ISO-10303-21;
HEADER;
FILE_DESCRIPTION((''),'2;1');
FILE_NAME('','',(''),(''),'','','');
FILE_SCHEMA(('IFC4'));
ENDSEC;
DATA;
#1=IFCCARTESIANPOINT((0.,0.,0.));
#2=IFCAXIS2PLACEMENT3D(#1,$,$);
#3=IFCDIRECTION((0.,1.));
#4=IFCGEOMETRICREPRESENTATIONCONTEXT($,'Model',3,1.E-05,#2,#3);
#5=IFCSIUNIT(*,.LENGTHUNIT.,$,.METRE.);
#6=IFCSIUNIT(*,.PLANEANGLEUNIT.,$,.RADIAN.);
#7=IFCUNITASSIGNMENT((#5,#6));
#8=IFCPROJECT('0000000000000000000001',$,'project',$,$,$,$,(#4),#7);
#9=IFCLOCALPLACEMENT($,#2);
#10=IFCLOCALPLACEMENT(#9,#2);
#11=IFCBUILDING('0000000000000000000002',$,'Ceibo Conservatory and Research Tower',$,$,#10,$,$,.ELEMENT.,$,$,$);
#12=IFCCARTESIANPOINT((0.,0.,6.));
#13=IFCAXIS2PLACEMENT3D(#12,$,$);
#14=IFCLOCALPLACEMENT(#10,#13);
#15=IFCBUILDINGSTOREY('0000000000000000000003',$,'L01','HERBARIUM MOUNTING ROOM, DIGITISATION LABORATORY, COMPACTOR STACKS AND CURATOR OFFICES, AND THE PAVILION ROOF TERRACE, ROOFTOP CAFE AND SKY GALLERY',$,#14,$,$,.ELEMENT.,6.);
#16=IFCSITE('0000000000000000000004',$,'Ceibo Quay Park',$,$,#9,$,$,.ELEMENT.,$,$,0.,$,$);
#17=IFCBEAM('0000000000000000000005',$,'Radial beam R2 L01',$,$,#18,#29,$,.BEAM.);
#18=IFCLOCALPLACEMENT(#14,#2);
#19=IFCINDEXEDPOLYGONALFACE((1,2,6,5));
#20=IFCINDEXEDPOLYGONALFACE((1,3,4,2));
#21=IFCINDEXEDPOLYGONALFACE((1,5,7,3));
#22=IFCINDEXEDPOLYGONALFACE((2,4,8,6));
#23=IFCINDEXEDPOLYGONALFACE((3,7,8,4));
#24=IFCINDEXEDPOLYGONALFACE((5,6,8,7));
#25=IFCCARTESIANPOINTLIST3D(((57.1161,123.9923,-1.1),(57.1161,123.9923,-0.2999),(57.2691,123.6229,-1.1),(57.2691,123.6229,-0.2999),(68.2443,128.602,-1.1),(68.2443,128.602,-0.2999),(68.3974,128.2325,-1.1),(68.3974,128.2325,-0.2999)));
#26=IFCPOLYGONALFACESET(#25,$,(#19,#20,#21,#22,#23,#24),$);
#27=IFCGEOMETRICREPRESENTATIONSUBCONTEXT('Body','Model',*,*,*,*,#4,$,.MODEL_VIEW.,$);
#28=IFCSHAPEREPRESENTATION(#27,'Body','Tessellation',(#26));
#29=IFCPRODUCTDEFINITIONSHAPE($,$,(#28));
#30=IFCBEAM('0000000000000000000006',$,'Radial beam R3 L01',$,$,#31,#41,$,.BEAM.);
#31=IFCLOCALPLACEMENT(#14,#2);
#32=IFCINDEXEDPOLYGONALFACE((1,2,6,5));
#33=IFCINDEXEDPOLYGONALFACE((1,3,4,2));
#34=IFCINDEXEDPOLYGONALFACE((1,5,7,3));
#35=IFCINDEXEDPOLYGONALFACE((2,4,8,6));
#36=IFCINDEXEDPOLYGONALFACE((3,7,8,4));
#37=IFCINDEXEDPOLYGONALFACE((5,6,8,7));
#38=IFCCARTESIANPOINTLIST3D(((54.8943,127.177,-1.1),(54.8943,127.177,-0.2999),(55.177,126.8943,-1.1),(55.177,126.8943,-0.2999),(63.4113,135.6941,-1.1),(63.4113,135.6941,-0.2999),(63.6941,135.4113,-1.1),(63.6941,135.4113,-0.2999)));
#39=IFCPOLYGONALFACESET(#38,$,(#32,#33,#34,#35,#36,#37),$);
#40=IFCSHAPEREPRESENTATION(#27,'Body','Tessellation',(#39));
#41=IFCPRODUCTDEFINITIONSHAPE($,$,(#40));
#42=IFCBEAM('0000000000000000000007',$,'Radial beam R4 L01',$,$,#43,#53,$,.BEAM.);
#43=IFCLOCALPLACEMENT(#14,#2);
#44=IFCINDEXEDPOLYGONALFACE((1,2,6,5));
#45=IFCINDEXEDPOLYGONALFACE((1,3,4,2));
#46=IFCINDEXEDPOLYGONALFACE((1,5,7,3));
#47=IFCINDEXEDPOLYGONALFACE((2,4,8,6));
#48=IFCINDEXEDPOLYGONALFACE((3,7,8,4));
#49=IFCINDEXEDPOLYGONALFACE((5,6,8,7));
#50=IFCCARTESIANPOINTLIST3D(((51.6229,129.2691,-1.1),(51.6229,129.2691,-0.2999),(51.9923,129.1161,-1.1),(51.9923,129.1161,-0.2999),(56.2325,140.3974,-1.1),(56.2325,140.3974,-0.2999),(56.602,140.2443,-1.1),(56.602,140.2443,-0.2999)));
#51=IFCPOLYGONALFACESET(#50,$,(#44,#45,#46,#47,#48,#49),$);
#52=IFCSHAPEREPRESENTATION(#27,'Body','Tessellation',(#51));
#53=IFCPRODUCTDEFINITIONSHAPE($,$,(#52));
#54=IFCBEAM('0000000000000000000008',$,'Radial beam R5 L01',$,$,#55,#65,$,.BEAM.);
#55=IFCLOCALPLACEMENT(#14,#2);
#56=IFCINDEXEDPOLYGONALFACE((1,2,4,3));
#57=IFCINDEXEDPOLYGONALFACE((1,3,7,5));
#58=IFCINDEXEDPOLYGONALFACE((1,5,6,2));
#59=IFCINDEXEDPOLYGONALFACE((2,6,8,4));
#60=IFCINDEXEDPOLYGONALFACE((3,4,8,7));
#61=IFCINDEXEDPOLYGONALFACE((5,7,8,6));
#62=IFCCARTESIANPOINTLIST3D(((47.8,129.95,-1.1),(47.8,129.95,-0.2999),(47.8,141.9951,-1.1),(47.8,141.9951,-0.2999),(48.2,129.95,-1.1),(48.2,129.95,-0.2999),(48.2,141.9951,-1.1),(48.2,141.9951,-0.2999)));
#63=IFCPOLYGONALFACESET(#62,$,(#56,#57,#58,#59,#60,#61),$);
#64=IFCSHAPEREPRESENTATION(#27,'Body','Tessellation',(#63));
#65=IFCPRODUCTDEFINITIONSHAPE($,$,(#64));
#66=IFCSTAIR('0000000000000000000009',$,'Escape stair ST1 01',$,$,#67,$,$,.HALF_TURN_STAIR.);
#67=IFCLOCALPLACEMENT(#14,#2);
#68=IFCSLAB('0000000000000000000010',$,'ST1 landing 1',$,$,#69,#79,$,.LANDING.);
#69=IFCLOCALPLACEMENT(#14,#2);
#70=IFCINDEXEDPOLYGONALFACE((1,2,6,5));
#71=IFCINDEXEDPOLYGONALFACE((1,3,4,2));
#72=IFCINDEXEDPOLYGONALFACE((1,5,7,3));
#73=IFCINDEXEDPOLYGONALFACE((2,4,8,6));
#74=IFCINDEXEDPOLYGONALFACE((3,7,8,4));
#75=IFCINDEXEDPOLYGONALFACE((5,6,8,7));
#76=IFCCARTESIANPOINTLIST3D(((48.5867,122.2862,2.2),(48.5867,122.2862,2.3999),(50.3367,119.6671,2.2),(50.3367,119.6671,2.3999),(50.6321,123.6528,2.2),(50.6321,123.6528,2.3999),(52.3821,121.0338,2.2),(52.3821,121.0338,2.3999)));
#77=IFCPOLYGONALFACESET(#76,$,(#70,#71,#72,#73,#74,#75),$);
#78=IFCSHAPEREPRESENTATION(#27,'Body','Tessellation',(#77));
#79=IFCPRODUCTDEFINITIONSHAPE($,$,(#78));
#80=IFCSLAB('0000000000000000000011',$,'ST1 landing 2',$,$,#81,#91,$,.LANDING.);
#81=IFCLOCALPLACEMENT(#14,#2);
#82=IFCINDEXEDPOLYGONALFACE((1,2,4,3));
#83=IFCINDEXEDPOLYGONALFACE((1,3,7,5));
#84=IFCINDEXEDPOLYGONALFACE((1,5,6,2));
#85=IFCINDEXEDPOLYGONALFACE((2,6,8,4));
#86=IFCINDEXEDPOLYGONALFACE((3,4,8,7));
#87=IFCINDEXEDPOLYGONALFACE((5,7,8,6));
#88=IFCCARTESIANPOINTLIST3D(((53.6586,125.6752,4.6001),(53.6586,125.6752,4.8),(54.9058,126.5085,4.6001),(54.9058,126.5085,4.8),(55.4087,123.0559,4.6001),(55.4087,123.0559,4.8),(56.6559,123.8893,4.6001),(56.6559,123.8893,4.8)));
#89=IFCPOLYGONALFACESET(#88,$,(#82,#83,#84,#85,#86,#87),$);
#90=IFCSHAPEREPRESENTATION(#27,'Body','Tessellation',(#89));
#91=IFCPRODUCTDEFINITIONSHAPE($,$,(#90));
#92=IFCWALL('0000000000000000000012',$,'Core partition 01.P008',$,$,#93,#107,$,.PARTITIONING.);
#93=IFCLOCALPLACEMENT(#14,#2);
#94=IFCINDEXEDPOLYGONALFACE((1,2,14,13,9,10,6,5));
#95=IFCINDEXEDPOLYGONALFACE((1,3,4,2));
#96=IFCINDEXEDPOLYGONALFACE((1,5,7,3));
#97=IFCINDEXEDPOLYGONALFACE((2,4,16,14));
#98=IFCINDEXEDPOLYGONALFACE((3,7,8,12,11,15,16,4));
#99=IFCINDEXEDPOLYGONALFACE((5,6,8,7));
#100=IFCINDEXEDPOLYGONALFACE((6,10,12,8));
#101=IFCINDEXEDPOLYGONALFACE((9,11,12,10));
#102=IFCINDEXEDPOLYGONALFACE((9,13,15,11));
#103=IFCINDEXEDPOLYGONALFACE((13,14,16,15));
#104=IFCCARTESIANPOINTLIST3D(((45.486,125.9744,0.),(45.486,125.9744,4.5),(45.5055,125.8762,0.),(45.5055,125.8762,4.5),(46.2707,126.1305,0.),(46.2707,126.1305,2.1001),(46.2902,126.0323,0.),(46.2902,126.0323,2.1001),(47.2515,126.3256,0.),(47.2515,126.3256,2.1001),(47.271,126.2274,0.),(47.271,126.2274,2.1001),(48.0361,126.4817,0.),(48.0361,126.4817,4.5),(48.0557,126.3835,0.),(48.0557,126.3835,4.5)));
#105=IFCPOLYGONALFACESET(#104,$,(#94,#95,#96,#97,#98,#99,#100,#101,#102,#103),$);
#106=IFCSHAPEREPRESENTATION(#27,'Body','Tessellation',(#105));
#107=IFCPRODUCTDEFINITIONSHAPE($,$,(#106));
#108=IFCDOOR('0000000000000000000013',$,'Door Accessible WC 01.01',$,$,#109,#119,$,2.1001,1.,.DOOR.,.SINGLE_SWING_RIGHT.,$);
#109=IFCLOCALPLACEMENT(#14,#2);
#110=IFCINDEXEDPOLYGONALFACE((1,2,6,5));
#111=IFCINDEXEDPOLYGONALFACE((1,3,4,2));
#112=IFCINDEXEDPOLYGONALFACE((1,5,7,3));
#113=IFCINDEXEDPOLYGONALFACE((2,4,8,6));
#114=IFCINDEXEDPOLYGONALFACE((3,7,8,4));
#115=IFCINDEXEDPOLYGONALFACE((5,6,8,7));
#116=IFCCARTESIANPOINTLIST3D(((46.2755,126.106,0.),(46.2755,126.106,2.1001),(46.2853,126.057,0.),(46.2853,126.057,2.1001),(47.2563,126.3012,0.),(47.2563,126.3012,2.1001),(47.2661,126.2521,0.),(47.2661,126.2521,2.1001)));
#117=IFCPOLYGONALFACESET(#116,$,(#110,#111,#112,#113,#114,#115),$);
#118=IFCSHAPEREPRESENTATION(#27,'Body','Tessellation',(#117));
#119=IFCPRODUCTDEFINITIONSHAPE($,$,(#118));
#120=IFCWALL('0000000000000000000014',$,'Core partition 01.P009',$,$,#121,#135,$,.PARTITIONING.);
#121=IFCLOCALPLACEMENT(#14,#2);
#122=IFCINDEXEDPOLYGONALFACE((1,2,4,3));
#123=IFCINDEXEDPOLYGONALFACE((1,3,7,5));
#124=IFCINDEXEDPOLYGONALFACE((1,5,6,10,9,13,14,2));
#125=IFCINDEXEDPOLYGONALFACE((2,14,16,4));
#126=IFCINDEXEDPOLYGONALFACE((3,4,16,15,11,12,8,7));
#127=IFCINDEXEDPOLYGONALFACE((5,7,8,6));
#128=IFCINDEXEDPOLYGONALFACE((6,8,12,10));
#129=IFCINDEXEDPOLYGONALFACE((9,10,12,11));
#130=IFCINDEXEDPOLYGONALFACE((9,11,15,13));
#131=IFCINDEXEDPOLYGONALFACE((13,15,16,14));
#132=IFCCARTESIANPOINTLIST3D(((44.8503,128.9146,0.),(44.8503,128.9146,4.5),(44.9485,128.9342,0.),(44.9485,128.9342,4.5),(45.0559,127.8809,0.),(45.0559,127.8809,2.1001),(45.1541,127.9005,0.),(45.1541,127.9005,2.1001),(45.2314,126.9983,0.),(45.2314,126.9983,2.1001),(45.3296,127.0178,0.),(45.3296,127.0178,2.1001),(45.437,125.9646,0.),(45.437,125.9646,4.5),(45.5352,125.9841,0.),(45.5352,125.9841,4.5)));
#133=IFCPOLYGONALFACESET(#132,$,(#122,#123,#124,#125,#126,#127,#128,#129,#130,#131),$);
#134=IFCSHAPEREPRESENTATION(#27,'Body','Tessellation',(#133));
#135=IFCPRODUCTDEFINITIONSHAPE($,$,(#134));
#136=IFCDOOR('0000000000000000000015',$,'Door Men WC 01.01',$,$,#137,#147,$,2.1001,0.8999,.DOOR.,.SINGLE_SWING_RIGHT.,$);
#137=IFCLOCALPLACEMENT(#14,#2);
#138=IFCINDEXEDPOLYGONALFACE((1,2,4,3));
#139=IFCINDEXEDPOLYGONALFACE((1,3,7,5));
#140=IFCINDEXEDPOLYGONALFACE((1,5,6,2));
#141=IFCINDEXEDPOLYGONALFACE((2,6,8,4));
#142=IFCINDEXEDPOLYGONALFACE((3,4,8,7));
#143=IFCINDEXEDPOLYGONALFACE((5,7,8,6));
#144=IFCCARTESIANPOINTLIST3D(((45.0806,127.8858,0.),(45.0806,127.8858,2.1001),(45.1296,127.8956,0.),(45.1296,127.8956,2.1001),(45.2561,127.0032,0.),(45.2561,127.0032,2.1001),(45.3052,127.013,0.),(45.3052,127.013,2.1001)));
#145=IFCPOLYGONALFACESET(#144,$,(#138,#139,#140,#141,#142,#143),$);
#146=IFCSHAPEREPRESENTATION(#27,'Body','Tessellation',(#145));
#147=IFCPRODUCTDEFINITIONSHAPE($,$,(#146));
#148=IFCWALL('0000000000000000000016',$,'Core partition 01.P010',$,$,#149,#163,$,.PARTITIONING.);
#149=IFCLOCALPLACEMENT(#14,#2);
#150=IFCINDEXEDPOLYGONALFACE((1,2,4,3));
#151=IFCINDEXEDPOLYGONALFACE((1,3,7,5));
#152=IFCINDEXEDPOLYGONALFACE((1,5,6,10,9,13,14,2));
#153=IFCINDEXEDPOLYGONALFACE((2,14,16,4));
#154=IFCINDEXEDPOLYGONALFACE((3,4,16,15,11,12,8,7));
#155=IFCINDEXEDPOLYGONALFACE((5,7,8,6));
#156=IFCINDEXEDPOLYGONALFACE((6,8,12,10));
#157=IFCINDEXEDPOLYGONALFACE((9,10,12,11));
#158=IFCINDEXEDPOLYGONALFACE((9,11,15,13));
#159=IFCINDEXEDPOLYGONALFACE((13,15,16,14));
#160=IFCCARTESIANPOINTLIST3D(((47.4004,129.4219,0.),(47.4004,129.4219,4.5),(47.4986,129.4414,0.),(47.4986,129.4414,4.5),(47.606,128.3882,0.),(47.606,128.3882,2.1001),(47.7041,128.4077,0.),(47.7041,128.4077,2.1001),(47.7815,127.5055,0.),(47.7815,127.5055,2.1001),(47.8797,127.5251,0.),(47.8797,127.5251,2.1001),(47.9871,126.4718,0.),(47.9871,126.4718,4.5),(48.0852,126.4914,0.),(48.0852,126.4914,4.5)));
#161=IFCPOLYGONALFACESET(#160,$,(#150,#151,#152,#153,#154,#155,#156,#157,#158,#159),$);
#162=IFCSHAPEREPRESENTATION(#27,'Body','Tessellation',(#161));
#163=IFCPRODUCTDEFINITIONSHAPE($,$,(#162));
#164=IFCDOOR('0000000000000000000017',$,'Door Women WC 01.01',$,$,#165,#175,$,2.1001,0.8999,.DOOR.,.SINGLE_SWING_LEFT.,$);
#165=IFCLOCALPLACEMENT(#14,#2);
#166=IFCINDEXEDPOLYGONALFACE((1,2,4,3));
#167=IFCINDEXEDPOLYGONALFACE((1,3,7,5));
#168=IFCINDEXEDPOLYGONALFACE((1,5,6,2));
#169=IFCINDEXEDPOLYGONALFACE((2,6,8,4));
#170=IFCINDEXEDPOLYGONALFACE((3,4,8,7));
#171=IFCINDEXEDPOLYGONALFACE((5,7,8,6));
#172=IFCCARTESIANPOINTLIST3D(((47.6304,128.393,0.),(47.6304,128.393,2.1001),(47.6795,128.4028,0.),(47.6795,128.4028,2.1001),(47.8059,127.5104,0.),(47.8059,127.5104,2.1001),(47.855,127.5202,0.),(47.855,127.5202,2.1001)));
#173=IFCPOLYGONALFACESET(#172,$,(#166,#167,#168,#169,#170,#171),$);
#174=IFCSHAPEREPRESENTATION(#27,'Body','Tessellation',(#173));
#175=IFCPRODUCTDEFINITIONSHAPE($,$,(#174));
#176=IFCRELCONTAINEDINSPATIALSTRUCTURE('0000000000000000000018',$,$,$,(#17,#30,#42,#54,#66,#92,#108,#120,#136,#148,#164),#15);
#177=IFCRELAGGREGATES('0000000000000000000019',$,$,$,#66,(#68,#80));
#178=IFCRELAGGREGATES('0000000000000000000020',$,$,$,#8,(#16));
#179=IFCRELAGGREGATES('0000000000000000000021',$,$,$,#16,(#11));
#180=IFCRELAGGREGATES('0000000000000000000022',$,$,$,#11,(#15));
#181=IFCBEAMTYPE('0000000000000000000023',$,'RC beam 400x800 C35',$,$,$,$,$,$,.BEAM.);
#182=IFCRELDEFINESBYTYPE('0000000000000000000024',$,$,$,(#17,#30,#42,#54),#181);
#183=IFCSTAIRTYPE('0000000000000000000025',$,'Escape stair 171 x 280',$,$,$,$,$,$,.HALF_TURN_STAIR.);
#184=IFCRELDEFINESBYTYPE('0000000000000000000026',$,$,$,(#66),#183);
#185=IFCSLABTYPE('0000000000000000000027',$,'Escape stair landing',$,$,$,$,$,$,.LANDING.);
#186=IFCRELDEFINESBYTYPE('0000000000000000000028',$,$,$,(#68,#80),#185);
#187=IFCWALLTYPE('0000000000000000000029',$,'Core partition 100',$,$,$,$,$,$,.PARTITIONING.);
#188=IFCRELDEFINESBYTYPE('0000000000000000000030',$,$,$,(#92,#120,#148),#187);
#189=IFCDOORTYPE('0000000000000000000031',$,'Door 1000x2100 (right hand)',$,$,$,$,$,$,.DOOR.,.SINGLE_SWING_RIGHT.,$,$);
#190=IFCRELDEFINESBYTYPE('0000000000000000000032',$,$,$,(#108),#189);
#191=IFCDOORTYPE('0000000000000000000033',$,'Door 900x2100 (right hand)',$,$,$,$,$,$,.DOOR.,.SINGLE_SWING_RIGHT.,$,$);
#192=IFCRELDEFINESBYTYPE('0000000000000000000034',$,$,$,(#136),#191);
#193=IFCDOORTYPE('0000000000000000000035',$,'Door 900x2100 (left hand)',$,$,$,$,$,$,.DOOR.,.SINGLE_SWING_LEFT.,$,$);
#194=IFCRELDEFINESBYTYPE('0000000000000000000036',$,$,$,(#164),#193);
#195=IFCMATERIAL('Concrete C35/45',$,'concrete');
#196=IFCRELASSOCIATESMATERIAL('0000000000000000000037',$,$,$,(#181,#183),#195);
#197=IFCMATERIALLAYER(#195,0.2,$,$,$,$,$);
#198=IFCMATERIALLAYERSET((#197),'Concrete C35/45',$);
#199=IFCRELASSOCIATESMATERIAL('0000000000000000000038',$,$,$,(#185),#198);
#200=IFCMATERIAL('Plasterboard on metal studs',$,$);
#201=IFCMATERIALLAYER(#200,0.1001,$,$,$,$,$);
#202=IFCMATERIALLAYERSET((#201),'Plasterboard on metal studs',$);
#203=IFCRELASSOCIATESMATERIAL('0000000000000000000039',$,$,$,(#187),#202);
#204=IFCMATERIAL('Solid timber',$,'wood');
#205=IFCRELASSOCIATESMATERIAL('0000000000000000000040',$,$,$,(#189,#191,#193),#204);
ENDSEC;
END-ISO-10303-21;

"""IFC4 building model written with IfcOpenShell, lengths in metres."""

from ifc_helpers import new_model, si_unit, direction, frame, frame_2d, origin, origin_2d, place, context, subcontext, project, spatial, polyline, rectangle, outline, extrude, material, layer, layer_set, material_profile, profile_set, type_object, element, fill, aggregate, save


model = new_model("IFC4")

# Units and contexts
model_context = context("Model", 3, precision=1e-05, world=origin(), true_north=direction((0.0, 1.0)))
body_context = subcontext(model_context, "Body", "Model", "MODEL_VIEW")
ifc_project = project(units=[si_unit("LENGTHUNIT", "METRE"), si_unit("PLANEANGLEUNIT", "RADIAN")], contexts=[model_context])

# Site, building, storey
site_placement = place(None, origin())
site = spatial("IfcSite", under=ifc_project, at=site_placement, Name="Ceibo Quay Park", CompositionType="ELEMENT", RefElevation=0.0)
building_placement = place(site_placement, origin())
building = spatial("IfcBuilding", under=site, at=building_placement, Name="Ceibo Conservatory and Research Tower", CompositionType="ELEMENT")
storey_placement = place(building_placement, frame((0.0, 0.0, 6.0)))
storey = spatial("IfcBuildingStorey", under=building, at=storey_placement, Name="L01", Description="HERBARIUM MOUNTING ROOM, DIGITISATION LABORATORY, COMPACTOR STACKS AND CURATOR OFFICES, AND THE PAVILION ROOF TERRACE, ROOFTOP CAFE AND SKY GALLERY", CompositionType="ELEMENT", Elevation=6.0)

# Beams
ifc_material_1 = material(Name="Concrete C35/45", Category="concrete")
ifc_material_profile = material_profile(ifc_material_1, rectangle(XDim=0.3999, YDim=0.8, at=origin_2d()), Name="RC 400x800")
ifc_profile_set = profile_set([ifc_material_profile], Name="Concrete C35/45")
beam_type = type_object("IfcBeamType", Name="RC beam 400x800 C35", PredefinedType="BEAM", material=ifc_profile_set)
beam_1_placement = place(storey_placement, frame((57.1926, 123.8076, -0.7), z_axis=(0.923874, 0.382696, 0.0), x_axis=(-0.382696, 0.923874, 0.0)))
element("IfcBeam", 1, at=beam_1_placement, inside=storey, type_object=beam_type, Name="Radial beam R2 L01", PredefinedType="BEAM", context=body_context, shape_type="SweptSolid", body=[
    extrude(rectangle(XDim=0.3999, YDim=0.8, at=origin_2d()), origin(), (0.0, 0.0, 1.0), 12.0452),
])
beam_2_placement = place(storey_placement, frame((55.0356, 127.0356, -0.7), z_axis=(0.707107, 0.707107, 0.0), x_axis=(-0.707107, 0.707107, 0.0)))
element("IfcBeam", 2, at=beam_2_placement, inside=storey, type_object=beam_type, Name="Radial beam R3 L01", PredefinedType="BEAM", context=body_context, shape_type="SweptSolid", body=[
    extrude(rectangle(XDim=0.3999, YDim=0.8, at=origin_2d()), origin(), (0.0, 0.0, 1.0), 12.0449),
])
for number, where, z_axis, x_axis, name in (
    (3, (51.8076, 129.1926, -0.7), (0.382696, 0.923874, 0.0), (-0.923874, 0.382696, 0.0), "Radial beam R4 L01"),
    (4, (48.0, 129.95, -0.7), (0.0, 1.0, 0.0), (-1.0, 0.0, 0.0), "Radial beam R5 L01"),
):
    element("IfcBeam", number, at=place(storey_placement, frame(where, z_axis=z_axis, x_axis=x_axis)), inside=storey, type_object=beam_type, Name=name, PredefinedType="BEAM", context=body_context, shape_type="SweptSolid", body=[
        extrude(rectangle(XDim=0.3999, YDim=0.8, at=origin_2d()), origin(), (0.0, 0.0, 1.0), 12.0452),
    ])

# Stair, slabs
stair_type = type_object("IfcStairType", Name="Escape stair 171 x 280", PredefinedType="HALF_TURN_STAIR", material=ifc_material_1)
stair_placement = place(storey_placement, origin())
stair = element("IfcStair", 5, at=stair_placement, inside=storey, type_object=stair_type, Name="Escape stair ST1 01", PredefinedType="HALF_TURN_STAIR")
ifc_layer_1 = layer(ifc_material_1, 0.2)
ifc_layer_set_1 = layer_set([ifc_layer_1], Name="Concrete C35/45")
slab_type = type_object("IfcSlabType", Name="Escape stair landing", PredefinedType="LANDING", material=ifc_layer_set_1)
slab_1_placement = place(storey_placement, frame((50.6321, 123.6528, 2.2), z_axis=(0.0, 0.0, 1.0), x_axis=(-0.83147, -0.55557, 0.0)))
slab_1 = element("IfcSlab", 6, at=slab_1_placement, type_object=slab_type, Name="ST1 landing 1", PredefinedType="LANDING", context=body_context, shape_type="SweptSolid", body=[
    extrude(outline(polyline([(0.0, 0.0), (2.46, 0.0), (2.46, 3.1499), (0.0, 3.1499), (0.0, 0.0)])), origin(), (0.0, 0.0, 1.0), 0.2),
])
slab_2_placement = place(storey_placement, frame((54.9058, 126.5085, 4.6001), z_axis=(0.0, 0.0, 1.0), x_axis=(-0.83147, -0.55557, 0.0)))
slab_2 = element("IfcSlab", 7, at=slab_2_placement, type_object=slab_type, Name="ST1 landing 2", PredefinedType="LANDING", context=body_context, shape_type="SweptSolid", body=[
    extrude(outline(polyline([(0.0, 0.0), (1.5, 0.0), (1.5, 3.1501), (0.0, 3.1501), (0.0, 0.0)])), origin(), (0.0, 0.0, 1.0), 0.2),
])

# Walls, openings, doors
ifc_material_2 = material(Name="Plasterboard on metal studs")
ifc_layer_2 = layer(ifc_material_2, 0.1001)
ifc_layer_set_2 = layer_set([ifc_layer_2], Name="Plasterboard on metal studs")
wall_type_1 = type_object("IfcWallType", Name="Core partition 100", PredefinedType="PARTITIONING", material=ifc_layer_set_2)
wall_1_placement = place(storey_placement, frame((48.0459, 126.4326, 0.0), z_axis=(0.0, 0.0, 1.0), x_axis=(-0.980779, -0.195123, 0.0)))
wall_1 = element("IfcWall", 8, at=wall_1_placement, inside=storey, type_object=wall_type_1, Name="Core partition 01.P008", PredefinedType="PARTITIONING", context=body_context, shape_type="SweptSolid", body=[
    extrude(rectangle(XDim=2.6001, YDim=0.1001, at=frame_2d((1.3, 0.0))), origin(), (0.0, 0.0, 1.0), 4.5),
])
opening_1_placement = place(wall_1_placement, frame((0.8, 0.0, 0.0)))
opening_1 = element("IfcOpeningElement", 9, at=opening_1_placement, cuts=wall_1, PredefinedType="OPENING", context=body_context, shape_type="SweptSolid", body=[
    extrude(rectangle(XDim=1.0, YDim=2.1001, at=frame_2d((0.5, 1.05))), frame((0.0, 0.0601, 0.0), z_axis=(0.0, -1.0, 0.0), x_axis=(1.0, 0.0, 0.0)), (0.0, 0.0, 1.0), 0.1201),
])
ifc_material_3 = material(Name="Solid timber", Category="wood")
door_type_1 = type_object("IfcDoorType", Name="Door 1000x2100 (right hand)", OperationType="SINGLE_SWING_RIGHT", PredefinedType="DOOR", material=ifc_material_3)
door_1_placement = place(opening_1_placement, origin())
door_1 = element("IfcDoor", 10, at=door_1_placement, inside=storey, type_object=door_type_1, Name="Door Accessible WC 01.01", OperationType="SINGLE_SWING_RIGHT", OverallHeight=2.1001, OverallWidth=1.0, PredefinedType="DOOR", context=body_context, shape_type="SweptSolid", body=[
    extrude(rectangle(XDim=1.0, YDim=2.1001, at=frame_2d((0.5, 1.05))), frame((0.0, 0.0249, 0.0), z_axis=(0.0, -1.0, 0.0), x_axis=(1.0, 0.0, 0.0)), (0.0, 0.0, 1.0), 0.05),
])
fill(opening_1, door_1)
wall_2_placement = place(storey_placement, frame((45.4861, 125.9744, 0.0), z_axis=(0.0, 0.0, 1.0), x_axis=(-0.195055, 0.980792, 0.0)))
wall_2 = element("IfcWall", 11, at=wall_2_placement, inside=storey, type_object=wall_type_1, Name="Core partition 01.P009", PredefinedType="PARTITIONING", context=body_context, shape_type="SweptSolid", body=[
    extrude(rectangle(XDim=3.0078, YDim=0.1001, at=frame_2d((1.5039, 0.0))), origin(), (0.0, 0.0, 1.0), 4.5),
])
opening_2_placement = place(wall_2_placement, frame((1.054, 0.0, 0.0)))
opening_2 = element("IfcOpeningElement", 12, at=opening_2_placement, cuts=wall_2, PredefinedType="OPENING", context=body_context, shape_type="SweptSolid", body=[
    extrude(rectangle(XDim=0.8999, YDim=2.1001, at=frame_2d((0.45, 1.05))), frame((0.0, 0.0601, 0.0), z_axis=(0.0, -1.0, 0.0), x_axis=(1.0, 0.0, 0.0)), (0.0, 0.0, 1.0), 0.1201),
])
door_type_2 = type_object("IfcDoorType", Name="Door 900x2100 (right hand)", OperationType="SINGLE_SWING_RIGHT", PredefinedType="DOOR", material=ifc_material_3)
door_2_placement = place(opening_2_placement, origin())
door_2 = element("IfcDoor", 13, at=door_2_placement, inside=storey, type_object=door_type_2, Name="Door Men WC 01.01", OperationType="SINGLE_SWING_RIGHT", OverallHeight=2.1001, OverallWidth=0.8999, PredefinedType="DOOR", context=body_context, shape_type="SweptSolid", body=[
    extrude(rectangle(XDim=0.8999, YDim=2.1001, at=frame_2d((0.45, 1.05))), frame((0.0, 0.0249, 0.0), z_axis=(0.0, -1.0, 0.0), x_axis=(1.0, 0.0, 0.0)), (0.0, 0.0, 1.0), 0.05),
])
fill(opening_2, door_2)
wall_3_placement = place(storey_placement, frame((47.4495, 129.4316, 0.0), z_axis=(0.0, 0.0, 1.0), x_axis=(0.195055, -0.980792, 0.0)))
wall_3 = element("IfcWall", 14, at=wall_3_placement, inside=storey, type_object=wall_type_1, Name="Core partition 01.P010", PredefinedType="PARTITIONING", context=body_context, shape_type="SweptSolid", body=[
    extrude(rectangle(XDim=3.0078, YDim=0.1001, at=frame_2d((1.5039, 0.0))), origin(), (0.0, 0.0, 1.0), 4.5),
])
opening_3_placement = place(wall_3_placement, frame((1.054, 0.0, 0.0)))
opening_3 = element("IfcOpeningElement", 15, at=opening_3_placement, cuts=wall_3, PredefinedType="OPENING", context=body_context, shape_type="SweptSolid", body=[
    extrude(rectangle(XDim=0.8999, YDim=2.1001, at=frame_2d((0.45, 1.05))), frame((0.0, 0.0601, 0.0), z_axis=(0.0, -1.0, 0.0), x_axis=(1.0, 0.0, 0.0)), (0.0, 0.0, 1.0), 0.1201),
])
door_type_3 = type_object("IfcDoorType", Name="Door 900x2100 (left hand)", OperationType="SINGLE_SWING_LEFT", PredefinedType="DOOR", material=ifc_material_3)
door_3_placement = place(opening_3_placement, origin())
door_3 = element("IfcDoor", 16, at=door_3_placement, inside=storey, type_object=door_type_3, Name="Door Women WC 01.01", OperationType="SINGLE_SWING_LEFT", OverallHeight=2.1001, OverallWidth=0.8999, PredefinedType="DOOR", context=body_context, shape_type="SweptSolid", body=[
    extrude(rectangle(XDim=0.8999, YDim=2.1001, at=frame_2d((0.45, 1.05))), frame((0.0, 0.0249, 0.0), z_axis=(0.0, -1.0, 0.0), x_axis=(1.0, 0.0, 0.0)), (0.0, 0.0, 1.0), 0.05),
])
fill(opening_3, door_3)

aggregate(stair, [slab_1, slab_2])

save(model, "model.ifc")
